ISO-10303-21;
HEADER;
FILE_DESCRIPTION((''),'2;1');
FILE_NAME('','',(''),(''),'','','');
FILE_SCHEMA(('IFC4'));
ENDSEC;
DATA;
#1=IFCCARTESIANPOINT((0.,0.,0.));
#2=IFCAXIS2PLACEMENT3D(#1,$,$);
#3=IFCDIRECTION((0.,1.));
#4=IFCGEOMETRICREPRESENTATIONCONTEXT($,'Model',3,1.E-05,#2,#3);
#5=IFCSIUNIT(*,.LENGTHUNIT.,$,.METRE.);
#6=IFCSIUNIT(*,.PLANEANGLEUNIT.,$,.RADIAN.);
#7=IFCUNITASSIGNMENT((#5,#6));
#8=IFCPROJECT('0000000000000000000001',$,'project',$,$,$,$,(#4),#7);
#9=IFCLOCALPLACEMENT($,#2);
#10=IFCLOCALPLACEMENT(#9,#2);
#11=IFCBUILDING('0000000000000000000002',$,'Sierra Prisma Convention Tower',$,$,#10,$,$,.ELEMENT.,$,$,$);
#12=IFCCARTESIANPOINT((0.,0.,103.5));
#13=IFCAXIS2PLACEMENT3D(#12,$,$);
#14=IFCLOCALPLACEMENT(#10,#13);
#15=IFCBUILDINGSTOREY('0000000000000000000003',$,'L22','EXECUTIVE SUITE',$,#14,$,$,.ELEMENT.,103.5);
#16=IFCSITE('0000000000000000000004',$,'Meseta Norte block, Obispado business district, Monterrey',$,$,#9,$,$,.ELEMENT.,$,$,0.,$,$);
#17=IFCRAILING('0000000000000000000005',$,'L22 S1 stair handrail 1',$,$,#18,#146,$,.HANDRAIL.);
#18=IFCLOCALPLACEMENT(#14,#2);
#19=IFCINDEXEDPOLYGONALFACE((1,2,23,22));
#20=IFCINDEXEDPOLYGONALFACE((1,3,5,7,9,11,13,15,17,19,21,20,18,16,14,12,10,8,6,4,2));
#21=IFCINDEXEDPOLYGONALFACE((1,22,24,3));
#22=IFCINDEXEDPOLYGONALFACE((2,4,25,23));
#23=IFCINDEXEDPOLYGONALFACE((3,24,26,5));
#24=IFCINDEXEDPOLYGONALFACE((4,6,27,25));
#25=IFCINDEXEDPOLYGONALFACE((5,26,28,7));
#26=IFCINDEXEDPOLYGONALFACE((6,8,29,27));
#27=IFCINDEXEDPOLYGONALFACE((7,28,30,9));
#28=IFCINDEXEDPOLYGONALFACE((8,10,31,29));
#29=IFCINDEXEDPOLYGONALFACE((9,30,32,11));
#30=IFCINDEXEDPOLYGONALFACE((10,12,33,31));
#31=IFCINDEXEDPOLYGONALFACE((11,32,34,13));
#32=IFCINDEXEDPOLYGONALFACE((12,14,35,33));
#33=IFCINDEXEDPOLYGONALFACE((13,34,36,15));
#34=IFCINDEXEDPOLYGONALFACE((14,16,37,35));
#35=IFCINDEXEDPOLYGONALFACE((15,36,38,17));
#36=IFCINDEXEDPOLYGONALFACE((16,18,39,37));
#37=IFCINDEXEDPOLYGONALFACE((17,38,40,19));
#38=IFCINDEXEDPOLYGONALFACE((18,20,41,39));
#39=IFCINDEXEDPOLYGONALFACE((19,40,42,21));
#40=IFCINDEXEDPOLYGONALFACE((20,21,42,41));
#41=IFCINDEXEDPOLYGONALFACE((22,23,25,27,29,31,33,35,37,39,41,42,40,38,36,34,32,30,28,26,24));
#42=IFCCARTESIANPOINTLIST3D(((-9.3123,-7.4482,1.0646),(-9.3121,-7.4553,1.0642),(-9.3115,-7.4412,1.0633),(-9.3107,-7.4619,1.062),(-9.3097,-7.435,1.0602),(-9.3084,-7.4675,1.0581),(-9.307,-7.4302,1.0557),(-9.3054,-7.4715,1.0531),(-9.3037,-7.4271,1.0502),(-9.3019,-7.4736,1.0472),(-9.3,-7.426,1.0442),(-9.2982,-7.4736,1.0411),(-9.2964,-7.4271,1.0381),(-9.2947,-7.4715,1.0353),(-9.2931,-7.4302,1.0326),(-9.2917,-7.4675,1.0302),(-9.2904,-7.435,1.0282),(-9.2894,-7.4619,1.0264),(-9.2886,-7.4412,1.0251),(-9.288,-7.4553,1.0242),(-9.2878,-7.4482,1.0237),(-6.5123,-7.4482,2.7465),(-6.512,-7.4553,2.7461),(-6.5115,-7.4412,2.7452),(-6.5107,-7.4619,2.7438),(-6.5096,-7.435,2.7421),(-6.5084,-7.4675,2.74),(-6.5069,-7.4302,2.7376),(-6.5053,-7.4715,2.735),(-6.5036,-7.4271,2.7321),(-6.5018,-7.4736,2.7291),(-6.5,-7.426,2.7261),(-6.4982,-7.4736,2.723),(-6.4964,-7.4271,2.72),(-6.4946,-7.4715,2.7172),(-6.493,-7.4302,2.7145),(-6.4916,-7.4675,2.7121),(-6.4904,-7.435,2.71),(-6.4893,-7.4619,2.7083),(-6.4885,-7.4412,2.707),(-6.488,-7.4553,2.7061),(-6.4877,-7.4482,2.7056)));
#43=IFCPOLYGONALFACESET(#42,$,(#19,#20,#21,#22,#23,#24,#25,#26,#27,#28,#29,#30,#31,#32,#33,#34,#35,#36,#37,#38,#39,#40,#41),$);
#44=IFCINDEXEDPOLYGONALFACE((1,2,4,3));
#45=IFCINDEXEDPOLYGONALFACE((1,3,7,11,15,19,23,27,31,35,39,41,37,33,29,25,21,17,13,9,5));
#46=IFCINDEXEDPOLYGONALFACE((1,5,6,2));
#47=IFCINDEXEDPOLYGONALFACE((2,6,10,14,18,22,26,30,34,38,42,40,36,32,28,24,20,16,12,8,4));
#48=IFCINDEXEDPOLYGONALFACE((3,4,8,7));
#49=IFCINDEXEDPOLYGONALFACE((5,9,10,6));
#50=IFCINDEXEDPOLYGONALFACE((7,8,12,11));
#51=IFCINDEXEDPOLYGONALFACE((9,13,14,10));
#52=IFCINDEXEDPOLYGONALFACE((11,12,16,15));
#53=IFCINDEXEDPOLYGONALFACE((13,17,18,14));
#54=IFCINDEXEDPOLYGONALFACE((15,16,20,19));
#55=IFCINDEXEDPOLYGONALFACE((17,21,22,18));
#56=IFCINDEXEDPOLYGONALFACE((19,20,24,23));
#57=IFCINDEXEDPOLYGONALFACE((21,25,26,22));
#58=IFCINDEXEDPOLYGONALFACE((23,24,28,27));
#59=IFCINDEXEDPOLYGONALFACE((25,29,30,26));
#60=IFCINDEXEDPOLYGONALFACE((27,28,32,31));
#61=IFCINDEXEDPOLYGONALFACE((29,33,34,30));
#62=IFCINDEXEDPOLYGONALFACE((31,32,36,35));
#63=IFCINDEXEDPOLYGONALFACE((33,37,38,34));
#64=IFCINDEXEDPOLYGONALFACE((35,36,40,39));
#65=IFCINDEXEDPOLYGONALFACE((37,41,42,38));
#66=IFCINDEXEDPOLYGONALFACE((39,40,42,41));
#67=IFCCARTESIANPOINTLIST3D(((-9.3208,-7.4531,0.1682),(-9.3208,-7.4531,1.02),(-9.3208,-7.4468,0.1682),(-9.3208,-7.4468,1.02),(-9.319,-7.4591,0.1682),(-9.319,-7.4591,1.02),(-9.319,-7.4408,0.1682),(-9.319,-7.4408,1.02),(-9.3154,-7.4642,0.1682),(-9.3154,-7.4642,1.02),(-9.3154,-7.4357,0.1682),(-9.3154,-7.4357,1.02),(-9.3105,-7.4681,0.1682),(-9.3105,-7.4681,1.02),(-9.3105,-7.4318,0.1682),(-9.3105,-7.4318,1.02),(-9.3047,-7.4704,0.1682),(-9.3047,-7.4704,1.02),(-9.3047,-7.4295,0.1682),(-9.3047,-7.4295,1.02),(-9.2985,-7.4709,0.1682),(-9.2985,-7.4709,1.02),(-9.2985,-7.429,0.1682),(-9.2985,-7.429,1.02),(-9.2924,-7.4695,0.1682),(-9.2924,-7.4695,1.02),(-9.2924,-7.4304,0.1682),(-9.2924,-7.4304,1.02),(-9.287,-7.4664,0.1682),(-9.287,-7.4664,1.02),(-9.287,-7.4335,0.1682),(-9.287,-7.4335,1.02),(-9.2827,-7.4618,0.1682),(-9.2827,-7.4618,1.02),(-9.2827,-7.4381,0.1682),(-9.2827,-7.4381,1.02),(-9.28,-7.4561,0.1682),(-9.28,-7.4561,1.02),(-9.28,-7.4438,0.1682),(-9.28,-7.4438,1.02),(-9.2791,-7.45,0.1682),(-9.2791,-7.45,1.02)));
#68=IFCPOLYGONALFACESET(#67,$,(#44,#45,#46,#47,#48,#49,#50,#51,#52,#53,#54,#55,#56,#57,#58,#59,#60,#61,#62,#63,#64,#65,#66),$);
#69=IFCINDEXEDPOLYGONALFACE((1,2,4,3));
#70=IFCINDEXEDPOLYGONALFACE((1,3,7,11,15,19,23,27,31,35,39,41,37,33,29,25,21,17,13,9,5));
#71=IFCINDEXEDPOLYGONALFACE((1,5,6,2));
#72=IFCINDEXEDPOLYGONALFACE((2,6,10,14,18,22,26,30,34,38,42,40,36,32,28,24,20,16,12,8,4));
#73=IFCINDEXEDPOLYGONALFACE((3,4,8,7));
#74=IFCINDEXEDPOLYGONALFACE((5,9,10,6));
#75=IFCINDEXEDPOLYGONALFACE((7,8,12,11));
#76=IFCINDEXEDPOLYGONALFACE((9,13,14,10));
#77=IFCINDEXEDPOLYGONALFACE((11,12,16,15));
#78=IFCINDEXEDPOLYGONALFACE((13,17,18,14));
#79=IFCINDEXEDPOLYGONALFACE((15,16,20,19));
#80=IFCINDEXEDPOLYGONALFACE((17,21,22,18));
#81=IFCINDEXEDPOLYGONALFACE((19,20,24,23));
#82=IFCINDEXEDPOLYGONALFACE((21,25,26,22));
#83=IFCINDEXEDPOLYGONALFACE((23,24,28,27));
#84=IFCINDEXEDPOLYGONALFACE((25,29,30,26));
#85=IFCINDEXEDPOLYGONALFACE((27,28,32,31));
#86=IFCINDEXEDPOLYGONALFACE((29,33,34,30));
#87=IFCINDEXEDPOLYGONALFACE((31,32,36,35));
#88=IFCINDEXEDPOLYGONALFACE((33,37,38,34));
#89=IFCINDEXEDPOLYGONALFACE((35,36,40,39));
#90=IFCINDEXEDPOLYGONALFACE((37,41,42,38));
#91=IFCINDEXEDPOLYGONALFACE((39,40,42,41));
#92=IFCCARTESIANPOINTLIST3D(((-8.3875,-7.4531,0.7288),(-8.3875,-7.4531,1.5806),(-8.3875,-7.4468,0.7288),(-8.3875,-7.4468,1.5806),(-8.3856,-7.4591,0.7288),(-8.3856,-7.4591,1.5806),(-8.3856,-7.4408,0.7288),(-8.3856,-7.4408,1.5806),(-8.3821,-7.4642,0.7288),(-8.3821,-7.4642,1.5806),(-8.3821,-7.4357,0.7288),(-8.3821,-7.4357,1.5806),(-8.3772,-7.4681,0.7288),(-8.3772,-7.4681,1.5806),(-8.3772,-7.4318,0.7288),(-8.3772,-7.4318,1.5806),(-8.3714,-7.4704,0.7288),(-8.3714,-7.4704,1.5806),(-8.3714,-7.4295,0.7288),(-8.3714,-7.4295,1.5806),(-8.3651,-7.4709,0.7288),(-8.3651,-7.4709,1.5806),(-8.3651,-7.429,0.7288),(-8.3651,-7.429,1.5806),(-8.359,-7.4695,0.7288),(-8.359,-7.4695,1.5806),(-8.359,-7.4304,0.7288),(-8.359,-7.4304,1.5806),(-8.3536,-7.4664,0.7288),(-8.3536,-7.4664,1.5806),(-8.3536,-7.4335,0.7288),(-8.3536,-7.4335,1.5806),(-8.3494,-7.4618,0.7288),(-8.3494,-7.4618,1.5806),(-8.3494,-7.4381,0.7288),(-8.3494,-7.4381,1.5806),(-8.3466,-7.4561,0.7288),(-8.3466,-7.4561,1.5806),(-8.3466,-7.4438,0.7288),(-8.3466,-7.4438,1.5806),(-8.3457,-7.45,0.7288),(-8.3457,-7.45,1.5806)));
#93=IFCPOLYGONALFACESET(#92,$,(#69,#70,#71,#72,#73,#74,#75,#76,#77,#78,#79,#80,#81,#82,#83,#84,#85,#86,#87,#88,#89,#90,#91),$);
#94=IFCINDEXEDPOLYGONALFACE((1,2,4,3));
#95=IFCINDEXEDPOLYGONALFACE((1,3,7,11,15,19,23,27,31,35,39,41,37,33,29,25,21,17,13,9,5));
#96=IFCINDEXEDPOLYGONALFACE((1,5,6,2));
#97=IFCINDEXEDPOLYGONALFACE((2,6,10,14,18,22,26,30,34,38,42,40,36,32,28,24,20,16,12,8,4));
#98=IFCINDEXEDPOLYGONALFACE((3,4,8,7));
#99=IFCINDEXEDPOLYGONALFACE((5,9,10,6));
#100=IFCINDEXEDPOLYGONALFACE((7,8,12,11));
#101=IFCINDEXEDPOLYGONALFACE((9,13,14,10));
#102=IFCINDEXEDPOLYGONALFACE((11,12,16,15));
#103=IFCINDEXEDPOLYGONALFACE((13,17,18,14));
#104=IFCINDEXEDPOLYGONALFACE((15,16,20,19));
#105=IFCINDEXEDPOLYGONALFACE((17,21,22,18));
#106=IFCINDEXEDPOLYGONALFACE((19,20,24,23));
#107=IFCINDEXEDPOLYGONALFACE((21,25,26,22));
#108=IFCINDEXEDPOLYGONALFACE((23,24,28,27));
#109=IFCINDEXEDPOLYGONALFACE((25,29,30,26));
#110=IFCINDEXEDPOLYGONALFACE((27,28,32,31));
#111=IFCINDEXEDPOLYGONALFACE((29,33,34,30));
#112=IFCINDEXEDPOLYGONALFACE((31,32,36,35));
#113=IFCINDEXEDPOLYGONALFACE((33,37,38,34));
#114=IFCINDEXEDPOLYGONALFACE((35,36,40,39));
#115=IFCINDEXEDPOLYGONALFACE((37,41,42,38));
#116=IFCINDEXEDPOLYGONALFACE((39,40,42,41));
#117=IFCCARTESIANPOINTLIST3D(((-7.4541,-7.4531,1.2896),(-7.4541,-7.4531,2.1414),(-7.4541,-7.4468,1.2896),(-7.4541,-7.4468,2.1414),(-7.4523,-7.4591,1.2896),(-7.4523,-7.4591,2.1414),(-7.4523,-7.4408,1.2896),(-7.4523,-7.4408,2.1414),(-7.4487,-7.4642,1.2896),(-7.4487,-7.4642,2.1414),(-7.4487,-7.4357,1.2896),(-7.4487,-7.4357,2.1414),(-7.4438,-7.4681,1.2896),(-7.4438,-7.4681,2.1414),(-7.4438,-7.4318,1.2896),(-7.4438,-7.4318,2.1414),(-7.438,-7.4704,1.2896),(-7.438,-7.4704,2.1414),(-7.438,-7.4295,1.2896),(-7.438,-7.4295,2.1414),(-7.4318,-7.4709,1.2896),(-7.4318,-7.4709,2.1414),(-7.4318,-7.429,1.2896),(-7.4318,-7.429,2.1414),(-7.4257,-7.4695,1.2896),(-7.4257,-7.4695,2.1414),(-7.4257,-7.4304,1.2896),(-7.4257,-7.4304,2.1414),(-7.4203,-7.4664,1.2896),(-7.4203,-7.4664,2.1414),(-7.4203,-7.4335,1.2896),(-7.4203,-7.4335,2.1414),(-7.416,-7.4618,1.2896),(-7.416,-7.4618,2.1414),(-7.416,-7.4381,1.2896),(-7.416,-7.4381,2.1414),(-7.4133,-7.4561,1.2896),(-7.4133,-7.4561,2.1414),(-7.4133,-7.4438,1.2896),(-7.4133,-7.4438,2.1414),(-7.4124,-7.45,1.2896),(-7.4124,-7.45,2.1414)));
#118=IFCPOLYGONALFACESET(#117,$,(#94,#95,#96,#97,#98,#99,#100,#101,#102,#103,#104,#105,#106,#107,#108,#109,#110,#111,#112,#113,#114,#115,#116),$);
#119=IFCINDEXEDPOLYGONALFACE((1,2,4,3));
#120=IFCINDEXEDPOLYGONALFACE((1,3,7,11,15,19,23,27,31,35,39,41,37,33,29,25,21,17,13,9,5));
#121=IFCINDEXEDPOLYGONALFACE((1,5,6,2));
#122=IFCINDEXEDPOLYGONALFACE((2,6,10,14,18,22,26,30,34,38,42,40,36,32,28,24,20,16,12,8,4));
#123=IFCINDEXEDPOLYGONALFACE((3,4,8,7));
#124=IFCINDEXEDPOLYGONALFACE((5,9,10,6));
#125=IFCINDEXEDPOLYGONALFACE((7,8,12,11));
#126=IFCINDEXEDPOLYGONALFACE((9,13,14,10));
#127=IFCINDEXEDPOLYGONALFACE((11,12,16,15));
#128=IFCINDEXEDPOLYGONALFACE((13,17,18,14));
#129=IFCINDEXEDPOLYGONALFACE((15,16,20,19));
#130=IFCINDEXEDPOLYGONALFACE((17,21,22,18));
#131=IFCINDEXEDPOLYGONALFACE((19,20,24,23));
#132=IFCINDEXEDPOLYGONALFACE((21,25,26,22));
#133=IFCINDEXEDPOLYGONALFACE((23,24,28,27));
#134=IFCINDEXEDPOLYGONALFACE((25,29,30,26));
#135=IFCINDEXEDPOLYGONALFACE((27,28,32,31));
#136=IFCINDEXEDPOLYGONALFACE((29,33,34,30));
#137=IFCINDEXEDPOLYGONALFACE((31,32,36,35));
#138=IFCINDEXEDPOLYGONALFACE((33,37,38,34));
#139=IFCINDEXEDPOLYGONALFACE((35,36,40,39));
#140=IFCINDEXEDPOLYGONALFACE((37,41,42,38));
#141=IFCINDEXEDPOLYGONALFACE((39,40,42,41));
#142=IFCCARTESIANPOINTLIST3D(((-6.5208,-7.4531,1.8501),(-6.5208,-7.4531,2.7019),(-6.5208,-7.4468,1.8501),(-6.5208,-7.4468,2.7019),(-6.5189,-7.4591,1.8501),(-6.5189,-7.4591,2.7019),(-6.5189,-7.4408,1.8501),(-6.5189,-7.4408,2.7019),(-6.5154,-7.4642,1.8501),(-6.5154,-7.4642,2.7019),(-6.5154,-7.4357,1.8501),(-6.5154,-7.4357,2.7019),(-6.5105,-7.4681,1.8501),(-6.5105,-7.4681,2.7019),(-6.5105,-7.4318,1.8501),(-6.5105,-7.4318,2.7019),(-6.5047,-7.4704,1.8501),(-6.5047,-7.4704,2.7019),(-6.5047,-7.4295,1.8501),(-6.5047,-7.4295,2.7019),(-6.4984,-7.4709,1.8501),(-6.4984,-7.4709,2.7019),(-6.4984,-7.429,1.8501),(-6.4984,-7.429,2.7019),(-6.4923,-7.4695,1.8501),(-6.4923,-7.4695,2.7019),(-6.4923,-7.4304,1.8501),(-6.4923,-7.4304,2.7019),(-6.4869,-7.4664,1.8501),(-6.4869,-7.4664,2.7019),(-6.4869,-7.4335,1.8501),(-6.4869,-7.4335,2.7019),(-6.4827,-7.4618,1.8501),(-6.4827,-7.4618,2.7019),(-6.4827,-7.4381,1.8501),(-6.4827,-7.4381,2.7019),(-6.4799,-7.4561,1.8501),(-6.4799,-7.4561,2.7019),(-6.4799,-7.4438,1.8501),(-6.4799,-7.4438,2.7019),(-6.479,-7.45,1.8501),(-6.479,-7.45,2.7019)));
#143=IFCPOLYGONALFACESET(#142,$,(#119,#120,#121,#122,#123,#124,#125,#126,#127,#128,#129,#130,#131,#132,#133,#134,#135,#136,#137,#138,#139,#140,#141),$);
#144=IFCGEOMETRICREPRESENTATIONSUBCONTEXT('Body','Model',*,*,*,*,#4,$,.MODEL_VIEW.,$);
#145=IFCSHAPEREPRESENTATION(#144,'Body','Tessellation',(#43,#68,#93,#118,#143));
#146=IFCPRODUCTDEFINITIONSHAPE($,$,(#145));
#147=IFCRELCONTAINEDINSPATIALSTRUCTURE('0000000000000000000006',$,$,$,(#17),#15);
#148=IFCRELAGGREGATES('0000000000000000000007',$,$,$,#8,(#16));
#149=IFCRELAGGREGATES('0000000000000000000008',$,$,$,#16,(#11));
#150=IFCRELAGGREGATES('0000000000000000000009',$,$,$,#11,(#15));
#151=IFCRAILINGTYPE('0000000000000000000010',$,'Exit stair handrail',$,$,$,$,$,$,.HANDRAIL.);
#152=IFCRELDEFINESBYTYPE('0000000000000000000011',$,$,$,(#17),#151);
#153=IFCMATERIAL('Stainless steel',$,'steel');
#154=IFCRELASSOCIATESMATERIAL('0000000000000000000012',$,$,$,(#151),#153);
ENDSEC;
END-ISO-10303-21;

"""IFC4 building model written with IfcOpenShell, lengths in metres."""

from ifc_helpers import new_model, si_unit, direction, frame, origin, origin_2d, place, context, subcontext, project, spatial, circle, extrude, material, type_object, element, save


model = new_model("IFC4")

# Units and contexts
model_context = context("Model", 3, precision=1e-05, world=origin(), true_north=direction((0.0, 1.0)))
body_context = subcontext(model_context, "Body", "Model", "MODEL_VIEW")
ifc_project = project(units=[si_unit("LENGTHUNIT", "METRE"), si_unit("PLANEANGLEUNIT", "RADIAN")], contexts=[model_context])

# Site, building, storey
site_placement = place(None, origin())
site = spatial("IfcSite", under=ifc_project, at=site_placement, Name="Meseta Norte block, Obispado business district, Monterrey", CompositionType="ELEMENT", RefElevation=0.0)
building_placement = place(site_placement, origin())
building = spatial("IfcBuilding", under=site, at=building_placement, Name="Sierra Prisma Convention Tower", CompositionType="ELEMENT")
storey_placement = place(building_placement, frame((0.0, 0.0, 103.5)))
storey = spatial("IfcBuildingStorey", under=building, at=storey_placement, Name="L22", Description="EXECUTIVE SUITE", CompositionType="ELEMENT", Elevation=103.5)

# Railing
ifc_material_1 = material(Name="Stainless steel", Category="steel")
railing_type_1 = type_object("IfcRailingType", Name="Exit stair handrail", PredefinedType="HANDRAIL", material=ifc_material_1)
railing_1_placement = place(storey_placement, frame((-9.3, -7.45, 0.1682)))
element("IfcRailing", 1, at=railing_1_placement, inside=storey, type_object=railing_type_1, Name="L22 S1 stair handrail 1", PredefinedType="HANDRAIL", context=body_context, shape_type="SweptSolid", body=[
    extrude(circle(Radius=0.0239, at=origin_2d()), frame((0.0, 0.0, 0.876), z_axis=(0.857242, 0.0, 0.514913), x_axis=(0.0, 1.0, 0.0)), (0.0, 0.0, 1.0), 3.2664),
    extrude(circle(Radius=0.021, at=origin_2d()), origin(), (0.0, 0.0, 1.0), 0.8518),
    extrude(circle(Radius=0.021, at=origin_2d()), frame((0.9333, 0.0, 0.5605)), (0.0, 0.0, 1.0), 0.8518),
    extrude(circle(Radius=0.021, at=origin_2d()), frame((1.8667, 0.0, 1.1213)), (0.0, 0.0, 1.0), 0.8518),
    extrude(circle(Radius=0.021, at=origin_2d()), frame((2.8, 0.0, 1.6819)), (0.0, 0.0, 1.0), 0.8518),
])

save(model, "model.ifc")
